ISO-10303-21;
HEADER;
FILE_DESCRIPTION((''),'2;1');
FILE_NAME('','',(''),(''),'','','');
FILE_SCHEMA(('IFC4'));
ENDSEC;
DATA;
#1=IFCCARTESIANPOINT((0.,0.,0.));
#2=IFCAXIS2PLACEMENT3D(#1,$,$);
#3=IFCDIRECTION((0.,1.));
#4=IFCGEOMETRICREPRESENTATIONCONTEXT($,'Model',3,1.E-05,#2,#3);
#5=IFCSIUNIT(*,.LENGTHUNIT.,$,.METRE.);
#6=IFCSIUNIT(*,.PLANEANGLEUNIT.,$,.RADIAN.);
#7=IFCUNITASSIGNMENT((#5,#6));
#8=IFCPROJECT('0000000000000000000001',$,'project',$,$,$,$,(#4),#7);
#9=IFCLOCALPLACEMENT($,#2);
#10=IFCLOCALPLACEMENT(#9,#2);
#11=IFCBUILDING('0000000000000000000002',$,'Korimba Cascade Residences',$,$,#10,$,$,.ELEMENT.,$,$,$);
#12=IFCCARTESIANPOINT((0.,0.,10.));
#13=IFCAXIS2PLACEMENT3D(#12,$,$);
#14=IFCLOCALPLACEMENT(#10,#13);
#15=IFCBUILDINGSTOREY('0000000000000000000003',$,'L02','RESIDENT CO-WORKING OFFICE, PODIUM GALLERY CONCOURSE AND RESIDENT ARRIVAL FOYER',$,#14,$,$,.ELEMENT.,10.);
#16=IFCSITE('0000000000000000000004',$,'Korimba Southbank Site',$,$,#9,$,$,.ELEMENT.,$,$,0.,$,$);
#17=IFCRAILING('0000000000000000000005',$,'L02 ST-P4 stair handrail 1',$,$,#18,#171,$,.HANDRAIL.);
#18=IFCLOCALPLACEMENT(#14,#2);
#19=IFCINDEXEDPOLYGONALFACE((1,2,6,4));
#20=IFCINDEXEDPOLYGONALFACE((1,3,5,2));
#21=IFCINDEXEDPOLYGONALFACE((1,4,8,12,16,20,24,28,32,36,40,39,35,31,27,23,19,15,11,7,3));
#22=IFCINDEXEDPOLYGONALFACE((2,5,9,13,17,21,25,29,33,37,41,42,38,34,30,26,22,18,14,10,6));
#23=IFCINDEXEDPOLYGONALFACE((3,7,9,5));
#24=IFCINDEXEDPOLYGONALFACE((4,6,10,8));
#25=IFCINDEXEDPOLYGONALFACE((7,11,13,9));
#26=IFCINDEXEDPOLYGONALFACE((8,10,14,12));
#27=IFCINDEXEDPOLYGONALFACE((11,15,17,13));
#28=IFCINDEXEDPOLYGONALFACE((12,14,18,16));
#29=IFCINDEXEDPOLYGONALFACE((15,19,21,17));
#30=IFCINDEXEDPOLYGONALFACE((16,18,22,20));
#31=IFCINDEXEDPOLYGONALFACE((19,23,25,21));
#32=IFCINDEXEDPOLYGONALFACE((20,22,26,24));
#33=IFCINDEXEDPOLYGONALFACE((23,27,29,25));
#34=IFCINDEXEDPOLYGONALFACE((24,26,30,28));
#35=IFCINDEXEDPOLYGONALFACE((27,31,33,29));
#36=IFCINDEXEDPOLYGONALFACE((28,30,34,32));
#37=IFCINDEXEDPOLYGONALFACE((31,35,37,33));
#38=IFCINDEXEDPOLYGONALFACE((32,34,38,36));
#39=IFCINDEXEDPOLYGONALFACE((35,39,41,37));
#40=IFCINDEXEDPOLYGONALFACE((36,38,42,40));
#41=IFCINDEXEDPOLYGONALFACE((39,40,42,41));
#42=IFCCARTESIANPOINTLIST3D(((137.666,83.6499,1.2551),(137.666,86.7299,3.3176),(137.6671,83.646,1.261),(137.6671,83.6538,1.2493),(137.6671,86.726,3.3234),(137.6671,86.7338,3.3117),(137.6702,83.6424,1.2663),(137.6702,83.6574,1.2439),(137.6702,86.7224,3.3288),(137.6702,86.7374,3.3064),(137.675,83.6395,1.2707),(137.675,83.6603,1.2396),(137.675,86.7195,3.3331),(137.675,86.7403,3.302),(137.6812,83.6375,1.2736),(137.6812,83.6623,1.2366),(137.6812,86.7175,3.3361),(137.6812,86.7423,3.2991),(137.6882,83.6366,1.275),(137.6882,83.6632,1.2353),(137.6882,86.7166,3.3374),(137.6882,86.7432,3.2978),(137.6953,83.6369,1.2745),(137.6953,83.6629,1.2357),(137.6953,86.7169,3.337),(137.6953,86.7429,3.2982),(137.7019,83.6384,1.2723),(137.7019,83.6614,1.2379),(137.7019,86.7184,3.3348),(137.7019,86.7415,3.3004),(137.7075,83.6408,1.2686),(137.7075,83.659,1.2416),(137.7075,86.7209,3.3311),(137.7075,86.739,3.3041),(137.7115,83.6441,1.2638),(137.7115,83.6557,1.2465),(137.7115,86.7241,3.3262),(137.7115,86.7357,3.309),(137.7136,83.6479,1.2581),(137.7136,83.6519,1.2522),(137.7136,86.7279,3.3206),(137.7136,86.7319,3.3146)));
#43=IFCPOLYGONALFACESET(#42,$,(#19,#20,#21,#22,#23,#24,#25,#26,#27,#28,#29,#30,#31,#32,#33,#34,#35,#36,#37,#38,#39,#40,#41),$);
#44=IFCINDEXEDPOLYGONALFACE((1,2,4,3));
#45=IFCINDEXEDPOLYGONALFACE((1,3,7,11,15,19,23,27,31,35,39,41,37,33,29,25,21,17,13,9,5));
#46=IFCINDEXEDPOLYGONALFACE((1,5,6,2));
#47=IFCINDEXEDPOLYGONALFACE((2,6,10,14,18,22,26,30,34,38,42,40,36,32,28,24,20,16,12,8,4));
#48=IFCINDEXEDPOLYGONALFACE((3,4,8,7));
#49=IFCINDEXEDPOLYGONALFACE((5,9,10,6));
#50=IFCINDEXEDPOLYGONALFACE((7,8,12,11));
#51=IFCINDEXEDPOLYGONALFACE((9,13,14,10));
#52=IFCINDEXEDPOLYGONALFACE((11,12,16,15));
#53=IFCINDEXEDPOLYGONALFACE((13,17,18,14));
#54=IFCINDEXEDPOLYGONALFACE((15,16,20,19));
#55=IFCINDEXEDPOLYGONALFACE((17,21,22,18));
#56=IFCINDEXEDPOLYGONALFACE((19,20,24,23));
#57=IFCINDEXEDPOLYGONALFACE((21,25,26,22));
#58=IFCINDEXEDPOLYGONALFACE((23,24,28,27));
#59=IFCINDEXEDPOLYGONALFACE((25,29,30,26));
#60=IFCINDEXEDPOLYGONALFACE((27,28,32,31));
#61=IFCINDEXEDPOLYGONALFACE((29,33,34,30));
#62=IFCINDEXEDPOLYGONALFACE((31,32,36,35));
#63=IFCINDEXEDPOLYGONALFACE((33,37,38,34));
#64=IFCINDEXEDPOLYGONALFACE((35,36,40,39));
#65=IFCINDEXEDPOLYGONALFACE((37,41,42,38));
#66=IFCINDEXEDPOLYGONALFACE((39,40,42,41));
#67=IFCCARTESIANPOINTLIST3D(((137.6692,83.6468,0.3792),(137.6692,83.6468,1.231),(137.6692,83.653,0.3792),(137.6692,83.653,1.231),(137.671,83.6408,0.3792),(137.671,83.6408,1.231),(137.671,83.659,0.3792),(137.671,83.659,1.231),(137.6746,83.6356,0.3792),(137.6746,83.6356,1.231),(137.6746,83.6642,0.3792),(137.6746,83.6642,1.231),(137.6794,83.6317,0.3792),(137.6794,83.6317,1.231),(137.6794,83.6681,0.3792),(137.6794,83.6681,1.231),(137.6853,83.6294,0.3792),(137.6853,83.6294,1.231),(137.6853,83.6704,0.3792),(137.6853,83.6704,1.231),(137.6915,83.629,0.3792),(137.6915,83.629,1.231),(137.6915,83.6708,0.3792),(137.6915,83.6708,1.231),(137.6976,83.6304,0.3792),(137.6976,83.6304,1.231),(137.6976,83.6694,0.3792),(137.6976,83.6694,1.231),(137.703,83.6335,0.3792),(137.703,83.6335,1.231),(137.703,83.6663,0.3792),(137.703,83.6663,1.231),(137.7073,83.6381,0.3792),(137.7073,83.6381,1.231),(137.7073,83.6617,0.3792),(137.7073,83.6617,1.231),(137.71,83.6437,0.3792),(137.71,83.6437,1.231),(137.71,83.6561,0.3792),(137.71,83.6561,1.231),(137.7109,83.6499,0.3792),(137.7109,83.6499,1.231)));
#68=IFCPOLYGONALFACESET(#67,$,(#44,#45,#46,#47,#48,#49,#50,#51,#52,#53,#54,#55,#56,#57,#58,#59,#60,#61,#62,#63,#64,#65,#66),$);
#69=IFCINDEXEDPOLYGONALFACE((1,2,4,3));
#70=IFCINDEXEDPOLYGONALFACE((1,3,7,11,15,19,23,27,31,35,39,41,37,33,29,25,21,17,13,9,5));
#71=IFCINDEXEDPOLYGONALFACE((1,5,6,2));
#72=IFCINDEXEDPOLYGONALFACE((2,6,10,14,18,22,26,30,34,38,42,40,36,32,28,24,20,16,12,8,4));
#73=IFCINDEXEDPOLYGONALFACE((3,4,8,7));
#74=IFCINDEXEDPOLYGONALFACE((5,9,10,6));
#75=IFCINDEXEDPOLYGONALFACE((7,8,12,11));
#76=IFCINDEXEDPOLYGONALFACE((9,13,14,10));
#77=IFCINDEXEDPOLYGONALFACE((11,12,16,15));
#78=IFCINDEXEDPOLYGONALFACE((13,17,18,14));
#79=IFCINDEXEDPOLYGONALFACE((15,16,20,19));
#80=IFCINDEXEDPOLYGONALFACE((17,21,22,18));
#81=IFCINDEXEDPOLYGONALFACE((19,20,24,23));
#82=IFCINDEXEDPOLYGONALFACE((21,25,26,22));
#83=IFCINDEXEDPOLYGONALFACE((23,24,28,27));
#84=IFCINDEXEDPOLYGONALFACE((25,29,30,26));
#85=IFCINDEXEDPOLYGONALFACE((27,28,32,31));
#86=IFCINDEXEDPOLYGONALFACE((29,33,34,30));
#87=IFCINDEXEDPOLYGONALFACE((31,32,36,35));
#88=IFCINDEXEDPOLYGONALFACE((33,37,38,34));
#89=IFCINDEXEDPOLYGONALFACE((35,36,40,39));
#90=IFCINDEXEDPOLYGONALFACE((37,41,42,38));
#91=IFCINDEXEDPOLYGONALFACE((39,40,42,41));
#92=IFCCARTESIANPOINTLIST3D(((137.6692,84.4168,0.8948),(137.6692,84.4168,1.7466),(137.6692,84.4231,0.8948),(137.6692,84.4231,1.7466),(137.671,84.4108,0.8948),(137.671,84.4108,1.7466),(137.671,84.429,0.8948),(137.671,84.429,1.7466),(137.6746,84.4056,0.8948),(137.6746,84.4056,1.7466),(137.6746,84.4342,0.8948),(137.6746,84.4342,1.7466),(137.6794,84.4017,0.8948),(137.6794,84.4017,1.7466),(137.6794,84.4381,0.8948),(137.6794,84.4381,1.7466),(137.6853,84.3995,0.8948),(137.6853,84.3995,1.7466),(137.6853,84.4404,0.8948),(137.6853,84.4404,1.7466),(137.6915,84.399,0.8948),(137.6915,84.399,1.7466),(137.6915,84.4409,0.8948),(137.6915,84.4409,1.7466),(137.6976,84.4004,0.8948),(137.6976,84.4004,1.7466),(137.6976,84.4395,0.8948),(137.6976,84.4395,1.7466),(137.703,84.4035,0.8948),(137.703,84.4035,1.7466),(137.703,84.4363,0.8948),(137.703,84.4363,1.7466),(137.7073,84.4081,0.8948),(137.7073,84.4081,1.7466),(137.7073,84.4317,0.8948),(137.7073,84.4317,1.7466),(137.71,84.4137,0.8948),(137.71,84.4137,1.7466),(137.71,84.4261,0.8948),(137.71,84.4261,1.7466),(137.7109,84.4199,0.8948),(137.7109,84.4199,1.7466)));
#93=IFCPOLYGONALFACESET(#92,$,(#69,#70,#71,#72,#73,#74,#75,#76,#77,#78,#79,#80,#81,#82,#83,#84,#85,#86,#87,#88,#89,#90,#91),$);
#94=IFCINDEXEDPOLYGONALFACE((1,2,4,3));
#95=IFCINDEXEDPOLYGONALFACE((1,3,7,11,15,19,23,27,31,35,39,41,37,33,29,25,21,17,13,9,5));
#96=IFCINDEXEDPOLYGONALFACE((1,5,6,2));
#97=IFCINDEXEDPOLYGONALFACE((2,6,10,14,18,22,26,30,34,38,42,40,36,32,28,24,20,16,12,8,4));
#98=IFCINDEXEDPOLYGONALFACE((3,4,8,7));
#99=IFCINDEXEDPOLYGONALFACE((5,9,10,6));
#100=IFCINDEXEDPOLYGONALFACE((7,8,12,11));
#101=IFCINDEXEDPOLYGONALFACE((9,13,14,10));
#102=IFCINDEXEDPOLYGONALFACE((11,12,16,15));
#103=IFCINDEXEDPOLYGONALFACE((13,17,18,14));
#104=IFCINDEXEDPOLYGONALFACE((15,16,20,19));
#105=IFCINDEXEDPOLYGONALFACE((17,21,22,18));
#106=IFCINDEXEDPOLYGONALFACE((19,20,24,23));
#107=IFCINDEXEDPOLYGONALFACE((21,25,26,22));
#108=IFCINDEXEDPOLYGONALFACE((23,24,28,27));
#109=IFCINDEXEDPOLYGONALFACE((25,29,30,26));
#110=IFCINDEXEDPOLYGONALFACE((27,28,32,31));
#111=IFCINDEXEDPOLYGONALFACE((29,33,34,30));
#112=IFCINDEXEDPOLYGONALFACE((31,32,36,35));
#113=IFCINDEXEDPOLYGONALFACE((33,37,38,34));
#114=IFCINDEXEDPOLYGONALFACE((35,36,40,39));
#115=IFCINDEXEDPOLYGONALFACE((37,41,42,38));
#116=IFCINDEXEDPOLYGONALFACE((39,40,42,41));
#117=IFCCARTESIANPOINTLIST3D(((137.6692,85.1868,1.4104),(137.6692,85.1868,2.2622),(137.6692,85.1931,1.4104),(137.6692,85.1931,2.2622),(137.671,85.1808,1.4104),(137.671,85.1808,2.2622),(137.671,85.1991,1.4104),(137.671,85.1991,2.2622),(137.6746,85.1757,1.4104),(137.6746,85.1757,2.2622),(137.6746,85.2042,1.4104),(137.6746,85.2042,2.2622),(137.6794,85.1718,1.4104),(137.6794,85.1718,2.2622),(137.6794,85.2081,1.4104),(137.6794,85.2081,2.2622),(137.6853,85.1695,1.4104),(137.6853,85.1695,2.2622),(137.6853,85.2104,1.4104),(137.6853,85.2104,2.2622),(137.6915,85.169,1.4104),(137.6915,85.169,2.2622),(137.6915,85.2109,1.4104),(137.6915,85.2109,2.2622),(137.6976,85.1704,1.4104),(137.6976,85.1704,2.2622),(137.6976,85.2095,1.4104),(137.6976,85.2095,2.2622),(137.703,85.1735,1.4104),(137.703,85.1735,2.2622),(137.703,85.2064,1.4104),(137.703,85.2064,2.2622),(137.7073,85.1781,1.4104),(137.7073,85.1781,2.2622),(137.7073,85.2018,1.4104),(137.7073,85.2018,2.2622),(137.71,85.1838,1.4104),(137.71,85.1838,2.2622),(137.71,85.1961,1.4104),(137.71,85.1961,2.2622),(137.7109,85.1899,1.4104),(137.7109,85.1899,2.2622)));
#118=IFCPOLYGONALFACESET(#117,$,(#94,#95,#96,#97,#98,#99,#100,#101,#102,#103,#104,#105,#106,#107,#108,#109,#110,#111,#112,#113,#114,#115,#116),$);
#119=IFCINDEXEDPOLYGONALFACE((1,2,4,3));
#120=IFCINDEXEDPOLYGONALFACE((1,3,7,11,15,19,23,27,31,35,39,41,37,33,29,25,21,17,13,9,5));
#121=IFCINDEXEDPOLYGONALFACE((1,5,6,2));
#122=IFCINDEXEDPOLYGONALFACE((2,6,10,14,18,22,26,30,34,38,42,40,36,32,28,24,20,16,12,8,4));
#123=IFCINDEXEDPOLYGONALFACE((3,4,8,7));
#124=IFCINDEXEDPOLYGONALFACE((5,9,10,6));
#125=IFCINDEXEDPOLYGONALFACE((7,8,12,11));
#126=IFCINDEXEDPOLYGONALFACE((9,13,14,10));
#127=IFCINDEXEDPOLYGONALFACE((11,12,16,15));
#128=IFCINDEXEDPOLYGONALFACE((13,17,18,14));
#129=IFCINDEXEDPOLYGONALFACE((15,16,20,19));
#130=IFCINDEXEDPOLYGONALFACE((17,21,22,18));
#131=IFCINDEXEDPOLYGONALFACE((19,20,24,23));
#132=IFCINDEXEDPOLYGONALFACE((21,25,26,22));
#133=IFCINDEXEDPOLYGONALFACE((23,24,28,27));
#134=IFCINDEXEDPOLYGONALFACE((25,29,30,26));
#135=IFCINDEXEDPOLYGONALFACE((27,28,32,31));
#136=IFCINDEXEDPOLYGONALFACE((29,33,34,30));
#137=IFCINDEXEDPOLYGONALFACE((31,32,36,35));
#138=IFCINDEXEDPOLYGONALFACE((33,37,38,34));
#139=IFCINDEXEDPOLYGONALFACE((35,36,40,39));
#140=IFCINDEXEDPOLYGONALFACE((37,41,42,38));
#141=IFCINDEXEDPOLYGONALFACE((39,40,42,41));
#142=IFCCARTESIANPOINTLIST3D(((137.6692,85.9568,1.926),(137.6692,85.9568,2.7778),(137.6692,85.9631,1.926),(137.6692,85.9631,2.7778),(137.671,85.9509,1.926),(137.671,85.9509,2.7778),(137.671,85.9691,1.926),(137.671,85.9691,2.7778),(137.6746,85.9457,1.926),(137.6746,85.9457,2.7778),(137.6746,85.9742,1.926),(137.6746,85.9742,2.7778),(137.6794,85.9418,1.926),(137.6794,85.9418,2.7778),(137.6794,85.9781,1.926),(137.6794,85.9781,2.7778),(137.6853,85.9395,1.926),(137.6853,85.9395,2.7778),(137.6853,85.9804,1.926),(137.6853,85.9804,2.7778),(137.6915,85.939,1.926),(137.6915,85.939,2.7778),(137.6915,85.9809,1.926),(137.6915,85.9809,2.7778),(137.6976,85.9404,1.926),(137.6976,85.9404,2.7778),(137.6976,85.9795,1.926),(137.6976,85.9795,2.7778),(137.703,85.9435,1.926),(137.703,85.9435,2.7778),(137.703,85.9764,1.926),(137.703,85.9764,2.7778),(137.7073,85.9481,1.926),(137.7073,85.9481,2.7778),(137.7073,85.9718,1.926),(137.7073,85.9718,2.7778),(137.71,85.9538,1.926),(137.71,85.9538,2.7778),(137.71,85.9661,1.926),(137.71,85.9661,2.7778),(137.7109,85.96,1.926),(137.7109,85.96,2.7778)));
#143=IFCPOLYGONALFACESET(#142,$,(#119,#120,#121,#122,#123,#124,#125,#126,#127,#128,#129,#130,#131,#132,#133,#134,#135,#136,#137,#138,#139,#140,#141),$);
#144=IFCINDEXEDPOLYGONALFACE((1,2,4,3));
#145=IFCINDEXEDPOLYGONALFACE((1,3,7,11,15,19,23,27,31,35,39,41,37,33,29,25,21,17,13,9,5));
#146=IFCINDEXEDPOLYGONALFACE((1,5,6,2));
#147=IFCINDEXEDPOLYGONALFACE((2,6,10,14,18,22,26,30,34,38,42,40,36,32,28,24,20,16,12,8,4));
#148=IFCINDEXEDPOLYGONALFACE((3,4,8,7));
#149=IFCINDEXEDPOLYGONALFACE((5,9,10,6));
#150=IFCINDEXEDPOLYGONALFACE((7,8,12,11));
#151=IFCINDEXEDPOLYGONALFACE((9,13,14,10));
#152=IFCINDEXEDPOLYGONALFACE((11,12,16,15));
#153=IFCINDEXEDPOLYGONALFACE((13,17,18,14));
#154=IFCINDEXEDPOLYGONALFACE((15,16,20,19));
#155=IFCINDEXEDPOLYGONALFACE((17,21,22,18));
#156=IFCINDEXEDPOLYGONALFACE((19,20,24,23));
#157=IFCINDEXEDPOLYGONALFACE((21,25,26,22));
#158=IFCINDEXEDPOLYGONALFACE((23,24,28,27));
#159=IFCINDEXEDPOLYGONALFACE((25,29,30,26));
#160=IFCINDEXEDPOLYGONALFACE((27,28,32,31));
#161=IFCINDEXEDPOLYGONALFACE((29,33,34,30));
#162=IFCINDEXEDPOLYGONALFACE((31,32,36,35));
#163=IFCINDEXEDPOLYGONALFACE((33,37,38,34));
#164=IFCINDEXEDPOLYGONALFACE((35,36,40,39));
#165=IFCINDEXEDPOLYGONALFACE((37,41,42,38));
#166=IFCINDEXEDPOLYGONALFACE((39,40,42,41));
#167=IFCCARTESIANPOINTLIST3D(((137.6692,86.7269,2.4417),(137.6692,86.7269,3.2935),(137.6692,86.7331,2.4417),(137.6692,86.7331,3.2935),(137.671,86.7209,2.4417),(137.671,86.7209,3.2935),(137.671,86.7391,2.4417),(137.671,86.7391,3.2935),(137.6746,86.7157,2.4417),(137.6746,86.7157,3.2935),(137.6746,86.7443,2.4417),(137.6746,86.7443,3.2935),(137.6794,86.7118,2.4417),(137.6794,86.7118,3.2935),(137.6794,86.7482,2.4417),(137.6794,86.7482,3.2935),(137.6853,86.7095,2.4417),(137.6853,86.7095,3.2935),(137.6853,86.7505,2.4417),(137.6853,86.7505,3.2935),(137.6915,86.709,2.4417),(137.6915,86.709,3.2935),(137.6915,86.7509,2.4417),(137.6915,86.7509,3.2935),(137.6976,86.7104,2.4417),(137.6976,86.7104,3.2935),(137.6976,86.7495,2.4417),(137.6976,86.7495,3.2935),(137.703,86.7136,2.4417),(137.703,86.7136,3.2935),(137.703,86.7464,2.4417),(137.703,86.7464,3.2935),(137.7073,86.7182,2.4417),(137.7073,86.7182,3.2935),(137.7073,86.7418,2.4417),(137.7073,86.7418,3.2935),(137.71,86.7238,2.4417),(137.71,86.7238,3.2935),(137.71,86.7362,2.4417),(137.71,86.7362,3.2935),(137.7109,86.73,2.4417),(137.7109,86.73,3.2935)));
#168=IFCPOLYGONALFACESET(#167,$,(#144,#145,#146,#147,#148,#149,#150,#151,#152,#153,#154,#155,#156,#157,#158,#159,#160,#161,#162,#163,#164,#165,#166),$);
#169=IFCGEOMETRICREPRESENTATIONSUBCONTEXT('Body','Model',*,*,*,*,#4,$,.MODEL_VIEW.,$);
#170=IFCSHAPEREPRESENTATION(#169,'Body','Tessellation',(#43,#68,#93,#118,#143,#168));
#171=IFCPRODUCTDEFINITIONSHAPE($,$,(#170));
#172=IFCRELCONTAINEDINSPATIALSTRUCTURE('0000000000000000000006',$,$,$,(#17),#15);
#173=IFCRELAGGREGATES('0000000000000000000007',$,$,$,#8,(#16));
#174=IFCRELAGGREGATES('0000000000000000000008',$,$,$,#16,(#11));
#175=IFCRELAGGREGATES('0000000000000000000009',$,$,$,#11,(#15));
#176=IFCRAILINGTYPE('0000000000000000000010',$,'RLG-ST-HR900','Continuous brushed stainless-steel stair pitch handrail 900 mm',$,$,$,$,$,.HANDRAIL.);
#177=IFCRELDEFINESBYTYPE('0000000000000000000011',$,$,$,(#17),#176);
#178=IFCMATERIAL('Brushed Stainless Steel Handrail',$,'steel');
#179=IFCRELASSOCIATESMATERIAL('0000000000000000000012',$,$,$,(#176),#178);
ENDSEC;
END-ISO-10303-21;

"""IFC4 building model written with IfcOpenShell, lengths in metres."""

from ifc_helpers import new_model, si_unit, direction, frame, origin, origin_2d, place, context, subcontext, project, spatial, circle, extrude, material, type_object, element, save


model = new_model("IFC4")

# Units and contexts
model_context = context("Model", 3, precision=1e-05, world=origin(), true_north=direction((0.0, 1.0)))
body_context = subcontext(model_context, "Body", "Model", "MODEL_VIEW")
ifc_project = project(units=[si_unit("LENGTHUNIT", "METRE"), si_unit("PLANEANGLEUNIT", "RADIAN")], contexts=[model_context])

# Site, building, storey
site_placement = place(None, origin())
site = spatial("IfcSite", under=ifc_project, at=site_placement, Name="Korimba Southbank Site", CompositionType="ELEMENT", RefElevation=0.0)
building_placement = place(site_placement, origin())
building = spatial("IfcBuilding", under=site, at=building_placement, Name="Korimba Cascade Residences", CompositionType="ELEMENT")
storey_placement = place(building_placement, frame((0.0, 0.0, 10.0)))
storey = spatial("IfcBuildingStorey", under=building, at=storey_placement, Name="L02", Description="RESIDENT CO-WORKING OFFICE, PODIUM GALLERY CONCOURSE AND RESIDENT ARRIVAL FOYER", CompositionType="ELEMENT", Elevation=10.0)

# Railing
ifc_material_1 = material(Name="Brushed Stainless Steel Handrail", Category="steel")
railing_type_1 = type_object("IfcRailingType", Name="RLG-ST-HR900", Description="Continuous brushed stainless-steel stair pitch handrail 900 mm", PredefinedType="HANDRAIL", material=ifc_material_1)
railing_1_placement = place(storey_placement, frame((137.6899, 83.6499, 0.3792)))
element("IfcRailing", 1, at=railing_1_placement, inside=storey, type_object=railing_type_1, Name="L02 ST-P4 stair handrail 1", PredefinedType="HANDRAIL", context=body_context, shape_type="SweptSolid", body=[
    extrude(circle(Radius=0.0239, at=origin_2d()), frame((0.0, 0.0, 0.876), z_axis=(0.0, 0.830914, 0.556401), x_axis=(-1.0, 0.0, 0.0)), (0.0, 0.0, 1.0), 3.7068),
    extrude(circle(Radius=0.021, at=origin_2d()), origin(), (0.0, 0.0, 1.0), 0.8518),
    extrude(circle(Radius=0.021, at=origin_2d()), frame((0.0, 0.77, 0.5156)), (0.0, 0.0, 1.0), 0.8518),
    extrude(circle(Radius=0.021, at=origin_2d()), frame((0.0, 1.54, 1.0312)), (0.0, 0.0, 1.0), 0.8518),
    extrude(circle(Radius=0.021, at=origin_2d()), frame((0.0, 2.3101, 1.5469)), (0.0, 0.0, 1.0), 0.8518),
    extrude(circle(Radius=0.021, at=origin_2d()), frame((0.0, 3.0801, 2.0625)), (0.0, 0.0, 1.0), 0.8518),
])

save(model, "model.ifc")
